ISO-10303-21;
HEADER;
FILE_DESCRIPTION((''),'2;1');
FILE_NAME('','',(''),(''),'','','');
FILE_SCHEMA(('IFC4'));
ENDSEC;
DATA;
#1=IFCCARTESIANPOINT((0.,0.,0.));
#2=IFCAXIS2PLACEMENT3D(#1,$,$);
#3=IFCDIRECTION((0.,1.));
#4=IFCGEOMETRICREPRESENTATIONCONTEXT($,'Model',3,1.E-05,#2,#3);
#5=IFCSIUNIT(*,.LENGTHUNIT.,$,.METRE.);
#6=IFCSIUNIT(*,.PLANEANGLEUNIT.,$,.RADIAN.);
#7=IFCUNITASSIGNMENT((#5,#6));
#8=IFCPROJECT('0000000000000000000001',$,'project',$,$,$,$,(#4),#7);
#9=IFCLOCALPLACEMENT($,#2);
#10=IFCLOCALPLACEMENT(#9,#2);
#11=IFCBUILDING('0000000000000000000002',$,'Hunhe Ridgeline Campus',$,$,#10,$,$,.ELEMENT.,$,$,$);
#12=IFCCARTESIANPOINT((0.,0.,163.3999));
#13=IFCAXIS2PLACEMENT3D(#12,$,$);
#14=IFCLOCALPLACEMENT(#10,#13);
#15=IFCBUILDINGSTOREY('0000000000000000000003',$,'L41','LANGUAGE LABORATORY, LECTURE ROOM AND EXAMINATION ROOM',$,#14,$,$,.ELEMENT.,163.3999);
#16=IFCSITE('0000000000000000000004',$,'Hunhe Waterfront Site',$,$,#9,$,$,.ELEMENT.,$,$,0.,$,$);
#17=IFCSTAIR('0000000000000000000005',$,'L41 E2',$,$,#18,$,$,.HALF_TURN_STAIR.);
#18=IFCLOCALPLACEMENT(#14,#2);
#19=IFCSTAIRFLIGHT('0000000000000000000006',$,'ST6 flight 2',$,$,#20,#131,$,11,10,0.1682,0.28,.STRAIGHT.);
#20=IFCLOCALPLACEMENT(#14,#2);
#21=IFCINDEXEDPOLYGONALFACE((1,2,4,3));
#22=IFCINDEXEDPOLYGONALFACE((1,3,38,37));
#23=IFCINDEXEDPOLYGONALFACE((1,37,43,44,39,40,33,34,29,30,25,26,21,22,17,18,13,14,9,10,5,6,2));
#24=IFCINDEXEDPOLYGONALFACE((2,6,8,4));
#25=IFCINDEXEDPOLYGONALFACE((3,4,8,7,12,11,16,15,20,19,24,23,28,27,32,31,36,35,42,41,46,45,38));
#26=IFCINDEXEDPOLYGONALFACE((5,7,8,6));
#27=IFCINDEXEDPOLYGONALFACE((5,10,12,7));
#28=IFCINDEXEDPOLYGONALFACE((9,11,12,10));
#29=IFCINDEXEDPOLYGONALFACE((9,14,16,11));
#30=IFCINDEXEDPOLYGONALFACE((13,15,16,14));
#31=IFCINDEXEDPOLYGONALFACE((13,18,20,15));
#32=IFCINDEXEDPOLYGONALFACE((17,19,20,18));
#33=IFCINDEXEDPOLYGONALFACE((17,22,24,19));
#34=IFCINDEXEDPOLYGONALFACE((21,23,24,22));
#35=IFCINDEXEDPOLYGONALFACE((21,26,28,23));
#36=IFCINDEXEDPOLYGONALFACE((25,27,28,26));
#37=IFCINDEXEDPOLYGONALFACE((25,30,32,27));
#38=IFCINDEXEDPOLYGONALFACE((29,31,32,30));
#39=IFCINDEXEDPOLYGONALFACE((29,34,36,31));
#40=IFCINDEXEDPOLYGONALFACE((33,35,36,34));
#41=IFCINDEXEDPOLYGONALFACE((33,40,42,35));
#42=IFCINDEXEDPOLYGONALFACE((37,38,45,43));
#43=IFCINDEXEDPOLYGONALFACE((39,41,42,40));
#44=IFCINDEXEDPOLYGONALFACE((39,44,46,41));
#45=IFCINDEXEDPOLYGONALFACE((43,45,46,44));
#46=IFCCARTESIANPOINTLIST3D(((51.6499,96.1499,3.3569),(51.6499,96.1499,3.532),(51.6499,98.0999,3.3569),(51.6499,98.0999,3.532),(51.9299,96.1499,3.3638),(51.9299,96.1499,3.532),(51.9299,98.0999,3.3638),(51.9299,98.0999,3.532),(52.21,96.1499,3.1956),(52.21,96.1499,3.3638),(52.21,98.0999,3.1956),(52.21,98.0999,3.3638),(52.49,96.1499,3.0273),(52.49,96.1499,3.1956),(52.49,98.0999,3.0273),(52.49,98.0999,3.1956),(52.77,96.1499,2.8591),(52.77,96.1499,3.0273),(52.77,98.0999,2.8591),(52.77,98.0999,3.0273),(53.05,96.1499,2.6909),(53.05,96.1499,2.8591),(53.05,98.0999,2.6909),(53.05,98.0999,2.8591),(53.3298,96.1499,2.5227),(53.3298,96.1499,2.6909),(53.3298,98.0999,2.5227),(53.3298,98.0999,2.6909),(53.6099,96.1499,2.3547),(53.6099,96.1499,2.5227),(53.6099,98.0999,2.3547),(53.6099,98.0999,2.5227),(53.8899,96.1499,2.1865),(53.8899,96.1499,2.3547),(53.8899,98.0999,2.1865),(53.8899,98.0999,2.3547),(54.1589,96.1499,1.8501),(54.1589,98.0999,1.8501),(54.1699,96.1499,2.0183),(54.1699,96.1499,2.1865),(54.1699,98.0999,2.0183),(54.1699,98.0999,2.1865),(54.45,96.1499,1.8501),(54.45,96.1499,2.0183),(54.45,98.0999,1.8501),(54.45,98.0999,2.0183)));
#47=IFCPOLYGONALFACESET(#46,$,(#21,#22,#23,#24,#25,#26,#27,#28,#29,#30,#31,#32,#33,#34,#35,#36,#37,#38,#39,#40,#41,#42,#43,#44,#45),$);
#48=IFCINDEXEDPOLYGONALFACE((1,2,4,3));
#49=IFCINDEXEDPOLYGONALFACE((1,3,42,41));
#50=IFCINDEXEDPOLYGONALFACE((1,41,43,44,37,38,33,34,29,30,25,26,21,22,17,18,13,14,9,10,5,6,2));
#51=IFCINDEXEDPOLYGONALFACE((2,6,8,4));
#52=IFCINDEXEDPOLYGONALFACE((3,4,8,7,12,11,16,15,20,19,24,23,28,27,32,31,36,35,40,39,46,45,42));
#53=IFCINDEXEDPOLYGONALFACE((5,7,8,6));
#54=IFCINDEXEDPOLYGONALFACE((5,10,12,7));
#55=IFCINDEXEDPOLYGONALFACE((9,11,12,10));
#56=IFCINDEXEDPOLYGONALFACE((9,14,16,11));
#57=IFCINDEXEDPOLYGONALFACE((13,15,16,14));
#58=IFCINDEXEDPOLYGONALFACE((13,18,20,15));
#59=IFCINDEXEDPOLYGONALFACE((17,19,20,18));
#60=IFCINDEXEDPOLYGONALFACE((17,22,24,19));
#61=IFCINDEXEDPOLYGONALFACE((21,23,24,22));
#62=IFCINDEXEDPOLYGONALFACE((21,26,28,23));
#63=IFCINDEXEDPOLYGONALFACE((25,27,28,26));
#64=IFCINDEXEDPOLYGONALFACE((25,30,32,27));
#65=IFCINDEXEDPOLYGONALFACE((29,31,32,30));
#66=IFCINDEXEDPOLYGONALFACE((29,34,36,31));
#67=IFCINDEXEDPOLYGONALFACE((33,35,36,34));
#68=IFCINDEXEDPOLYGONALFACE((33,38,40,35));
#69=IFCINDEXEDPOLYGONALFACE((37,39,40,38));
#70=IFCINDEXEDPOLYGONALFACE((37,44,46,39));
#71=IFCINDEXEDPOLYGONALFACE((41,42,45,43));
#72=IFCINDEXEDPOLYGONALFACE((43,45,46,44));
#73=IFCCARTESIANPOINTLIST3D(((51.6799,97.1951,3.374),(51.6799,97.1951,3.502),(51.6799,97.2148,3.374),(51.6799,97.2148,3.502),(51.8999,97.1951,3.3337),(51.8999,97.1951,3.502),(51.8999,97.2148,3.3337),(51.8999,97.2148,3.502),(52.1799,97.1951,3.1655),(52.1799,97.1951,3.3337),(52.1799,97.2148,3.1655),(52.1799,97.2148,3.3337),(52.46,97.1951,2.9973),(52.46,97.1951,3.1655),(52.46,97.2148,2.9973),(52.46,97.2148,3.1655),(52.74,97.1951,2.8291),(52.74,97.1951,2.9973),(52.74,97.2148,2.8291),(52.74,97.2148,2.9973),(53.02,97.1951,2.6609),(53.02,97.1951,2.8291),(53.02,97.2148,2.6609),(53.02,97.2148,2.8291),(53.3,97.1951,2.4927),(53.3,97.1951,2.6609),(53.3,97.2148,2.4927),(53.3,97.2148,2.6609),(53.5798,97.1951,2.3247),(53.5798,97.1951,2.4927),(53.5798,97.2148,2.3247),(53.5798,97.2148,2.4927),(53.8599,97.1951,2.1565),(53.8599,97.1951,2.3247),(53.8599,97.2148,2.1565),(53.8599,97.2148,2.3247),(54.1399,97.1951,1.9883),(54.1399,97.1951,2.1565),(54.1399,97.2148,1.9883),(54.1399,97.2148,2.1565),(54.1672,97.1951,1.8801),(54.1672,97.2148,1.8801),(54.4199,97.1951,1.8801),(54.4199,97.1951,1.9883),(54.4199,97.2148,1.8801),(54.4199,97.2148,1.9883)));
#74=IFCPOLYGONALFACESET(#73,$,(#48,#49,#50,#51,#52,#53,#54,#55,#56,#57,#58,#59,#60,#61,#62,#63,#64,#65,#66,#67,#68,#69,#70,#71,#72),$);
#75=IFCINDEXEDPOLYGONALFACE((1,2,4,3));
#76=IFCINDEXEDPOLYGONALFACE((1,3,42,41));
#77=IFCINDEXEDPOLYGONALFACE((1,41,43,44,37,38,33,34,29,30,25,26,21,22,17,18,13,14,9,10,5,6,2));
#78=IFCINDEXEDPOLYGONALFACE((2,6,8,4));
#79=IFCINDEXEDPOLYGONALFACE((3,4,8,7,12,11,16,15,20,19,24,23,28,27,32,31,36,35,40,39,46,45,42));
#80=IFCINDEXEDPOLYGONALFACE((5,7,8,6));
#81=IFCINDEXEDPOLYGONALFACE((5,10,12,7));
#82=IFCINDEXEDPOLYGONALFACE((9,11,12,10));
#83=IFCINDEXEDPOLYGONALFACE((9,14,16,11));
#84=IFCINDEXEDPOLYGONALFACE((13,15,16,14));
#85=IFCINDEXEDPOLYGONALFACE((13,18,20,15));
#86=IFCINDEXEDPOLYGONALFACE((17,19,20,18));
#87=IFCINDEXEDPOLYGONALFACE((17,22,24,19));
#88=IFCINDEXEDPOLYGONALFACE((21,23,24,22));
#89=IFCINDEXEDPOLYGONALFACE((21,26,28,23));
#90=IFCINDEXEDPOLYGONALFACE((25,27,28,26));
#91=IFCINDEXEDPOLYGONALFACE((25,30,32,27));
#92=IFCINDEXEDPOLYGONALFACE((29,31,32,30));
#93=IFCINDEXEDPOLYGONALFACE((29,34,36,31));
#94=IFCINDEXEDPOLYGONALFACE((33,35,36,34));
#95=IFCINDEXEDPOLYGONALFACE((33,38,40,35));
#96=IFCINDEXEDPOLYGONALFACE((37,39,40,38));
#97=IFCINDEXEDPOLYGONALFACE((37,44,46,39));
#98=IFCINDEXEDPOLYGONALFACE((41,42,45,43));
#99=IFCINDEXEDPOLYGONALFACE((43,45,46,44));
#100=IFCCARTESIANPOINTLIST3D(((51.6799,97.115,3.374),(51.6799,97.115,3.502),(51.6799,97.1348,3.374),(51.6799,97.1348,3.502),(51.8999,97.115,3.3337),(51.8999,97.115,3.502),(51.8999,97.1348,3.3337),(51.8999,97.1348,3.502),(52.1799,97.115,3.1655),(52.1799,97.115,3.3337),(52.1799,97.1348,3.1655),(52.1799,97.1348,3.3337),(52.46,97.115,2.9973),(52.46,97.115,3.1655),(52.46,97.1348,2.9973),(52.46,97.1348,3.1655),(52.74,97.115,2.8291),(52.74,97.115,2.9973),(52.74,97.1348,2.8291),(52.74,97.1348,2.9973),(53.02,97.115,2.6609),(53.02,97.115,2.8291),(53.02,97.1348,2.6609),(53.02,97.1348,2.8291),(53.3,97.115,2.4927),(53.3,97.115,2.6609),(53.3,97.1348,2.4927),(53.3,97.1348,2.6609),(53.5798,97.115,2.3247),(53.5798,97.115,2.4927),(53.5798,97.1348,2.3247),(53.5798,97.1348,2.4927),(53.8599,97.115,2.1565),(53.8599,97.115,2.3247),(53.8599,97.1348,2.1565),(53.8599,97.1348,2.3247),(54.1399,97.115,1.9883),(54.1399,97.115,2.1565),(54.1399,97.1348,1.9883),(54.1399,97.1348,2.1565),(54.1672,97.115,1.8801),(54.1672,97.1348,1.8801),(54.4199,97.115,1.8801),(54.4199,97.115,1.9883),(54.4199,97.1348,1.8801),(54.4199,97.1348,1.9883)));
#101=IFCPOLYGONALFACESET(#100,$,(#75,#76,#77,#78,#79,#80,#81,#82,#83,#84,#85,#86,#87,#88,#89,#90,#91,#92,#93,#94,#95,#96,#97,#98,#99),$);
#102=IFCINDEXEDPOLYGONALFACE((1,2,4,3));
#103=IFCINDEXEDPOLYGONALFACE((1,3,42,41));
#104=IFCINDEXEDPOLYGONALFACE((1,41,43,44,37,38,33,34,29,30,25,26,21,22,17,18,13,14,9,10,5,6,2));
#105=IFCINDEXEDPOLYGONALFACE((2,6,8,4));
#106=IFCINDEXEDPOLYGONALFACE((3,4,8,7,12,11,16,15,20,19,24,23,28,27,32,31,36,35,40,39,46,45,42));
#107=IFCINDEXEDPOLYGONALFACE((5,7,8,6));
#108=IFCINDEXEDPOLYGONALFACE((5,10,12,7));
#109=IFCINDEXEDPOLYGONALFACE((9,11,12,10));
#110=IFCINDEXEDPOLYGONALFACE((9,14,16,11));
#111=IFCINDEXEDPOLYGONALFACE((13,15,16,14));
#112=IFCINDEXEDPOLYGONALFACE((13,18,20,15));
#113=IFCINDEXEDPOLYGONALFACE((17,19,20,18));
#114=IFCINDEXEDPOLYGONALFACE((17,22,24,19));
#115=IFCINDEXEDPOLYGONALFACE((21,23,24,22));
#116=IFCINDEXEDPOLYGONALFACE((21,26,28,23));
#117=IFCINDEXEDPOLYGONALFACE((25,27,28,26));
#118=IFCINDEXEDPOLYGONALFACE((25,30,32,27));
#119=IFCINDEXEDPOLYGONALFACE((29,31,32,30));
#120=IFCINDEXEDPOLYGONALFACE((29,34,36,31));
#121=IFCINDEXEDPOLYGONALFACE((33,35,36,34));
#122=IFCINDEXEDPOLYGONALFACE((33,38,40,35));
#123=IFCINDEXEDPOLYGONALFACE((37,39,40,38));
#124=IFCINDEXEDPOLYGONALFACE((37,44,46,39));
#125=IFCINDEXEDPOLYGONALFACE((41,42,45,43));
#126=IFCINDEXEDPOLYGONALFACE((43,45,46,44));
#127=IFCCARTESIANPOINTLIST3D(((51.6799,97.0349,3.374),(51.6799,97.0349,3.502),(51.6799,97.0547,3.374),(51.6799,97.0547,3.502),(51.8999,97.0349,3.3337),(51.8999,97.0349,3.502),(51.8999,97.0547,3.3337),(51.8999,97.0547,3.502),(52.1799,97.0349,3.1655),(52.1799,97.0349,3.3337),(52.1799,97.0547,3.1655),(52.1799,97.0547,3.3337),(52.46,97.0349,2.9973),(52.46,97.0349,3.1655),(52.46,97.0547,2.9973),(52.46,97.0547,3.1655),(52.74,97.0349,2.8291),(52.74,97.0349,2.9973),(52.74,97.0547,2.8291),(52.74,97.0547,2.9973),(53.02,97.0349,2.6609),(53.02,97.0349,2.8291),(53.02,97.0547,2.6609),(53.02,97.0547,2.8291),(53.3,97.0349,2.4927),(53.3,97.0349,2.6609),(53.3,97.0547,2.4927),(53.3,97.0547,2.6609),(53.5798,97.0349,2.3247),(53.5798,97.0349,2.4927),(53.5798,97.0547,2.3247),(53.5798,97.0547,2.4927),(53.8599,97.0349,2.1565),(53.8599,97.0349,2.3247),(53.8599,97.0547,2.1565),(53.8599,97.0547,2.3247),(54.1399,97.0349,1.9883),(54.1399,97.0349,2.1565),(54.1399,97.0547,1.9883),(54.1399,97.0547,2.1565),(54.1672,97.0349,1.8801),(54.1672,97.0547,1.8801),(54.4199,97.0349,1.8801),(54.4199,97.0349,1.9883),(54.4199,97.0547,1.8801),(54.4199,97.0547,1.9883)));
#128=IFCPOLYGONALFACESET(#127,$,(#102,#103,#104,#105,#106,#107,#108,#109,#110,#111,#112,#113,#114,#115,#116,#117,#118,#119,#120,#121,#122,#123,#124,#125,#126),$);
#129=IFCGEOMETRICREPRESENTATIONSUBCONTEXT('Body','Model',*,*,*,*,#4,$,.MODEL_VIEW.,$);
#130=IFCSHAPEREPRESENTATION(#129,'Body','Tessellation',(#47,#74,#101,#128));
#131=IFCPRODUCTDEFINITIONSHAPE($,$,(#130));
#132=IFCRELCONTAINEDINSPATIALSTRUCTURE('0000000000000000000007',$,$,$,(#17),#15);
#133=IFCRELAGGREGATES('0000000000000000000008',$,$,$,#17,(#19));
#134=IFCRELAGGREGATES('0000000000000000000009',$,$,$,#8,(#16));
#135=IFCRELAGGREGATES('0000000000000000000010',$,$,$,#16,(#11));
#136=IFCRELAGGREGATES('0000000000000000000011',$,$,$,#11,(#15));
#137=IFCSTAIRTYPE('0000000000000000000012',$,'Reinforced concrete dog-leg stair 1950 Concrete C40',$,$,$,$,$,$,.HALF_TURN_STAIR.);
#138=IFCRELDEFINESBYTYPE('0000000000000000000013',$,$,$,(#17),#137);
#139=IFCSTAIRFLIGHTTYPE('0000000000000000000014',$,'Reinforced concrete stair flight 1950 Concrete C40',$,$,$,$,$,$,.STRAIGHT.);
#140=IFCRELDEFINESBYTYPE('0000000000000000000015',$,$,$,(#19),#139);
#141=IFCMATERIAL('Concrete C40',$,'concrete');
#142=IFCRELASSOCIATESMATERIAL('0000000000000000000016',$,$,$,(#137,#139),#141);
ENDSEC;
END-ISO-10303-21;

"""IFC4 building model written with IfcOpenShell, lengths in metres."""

from ifc_helpers import new_model, si_unit, direction, frame, origin, place, context, subcontext, project, spatial, polyline, outline, extrude, material, type_object, element, aggregate, save


model = new_model("IFC4")

# Units and contexts
model_context = context("Model", 3, precision=1e-05, world=origin(), true_north=direction((0.0, 1.0)))
body_context = subcontext(model_context, "Body", "Model", "MODEL_VIEW")
ifc_project = project(units=[si_unit("LENGTHUNIT", "METRE"), si_unit("PLANEANGLEUNIT", "RADIAN")], contexts=[model_context])

# Site, building, storey
site_placement = place(None, origin())
site = spatial("IfcSite", under=ifc_project, at=site_placement, Name="Hunhe Waterfront Site", CompositionType="ELEMENT", RefElevation=0.0)
building_placement = place(site_placement, origin())
building = spatial("IfcBuilding", under=site, at=building_placement, Name="Hunhe Ridgeline Campus", CompositionType="ELEMENT")
storey_placement = place(building_placement, frame((0.0, 0.0, 163.3999)))
storey = spatial("IfcBuildingStorey", under=building, at=storey_placement, Name="L41", Description="LANGUAGE LABORATORY, LECTURE ROOM AND EXAMINATION ROOM", CompositionType="ELEMENT", Elevation=163.3999)

# Shared definitions
ifc_material_1 = material(Name="Concrete C40", Category="concrete")
stair_type = type_object("IfcStairType", Name="Reinforced concrete dog-leg stair 1950 Concrete C40", PredefinedType="HALF_TURN_STAIR", material=ifc_material_1)
stair_flight_type = type_object("IfcStairFlightType", Name="Reinforced concrete stair flight 1950 Concrete C40", PredefinedType="STRAIGHT", material=ifc_material_1)

# Stair, stair flight
stair_1_placement = place(storey_placement, origin())
stair_1 = element("IfcStair", 1, at=stair_1_placement, inside=storey, type_object=stair_type, Name="L41 E2", PredefinedType="HALF_TURN_STAIR")
stair_flight_1_placement = place(storey_placement, frame((54.45, 97.125, 1.8501), z_axis=(0.0, 0.0, 1.0), x_axis=(-1.0, 0.0, 0.0)))
stair_flight_1 = element("IfcStairFlight", 2, at=stair_flight_1_placement, type_object=stair_flight_type, Name="ST6 flight 2", NumberOfRisers=11, NumberOfTreads=10, PredefinedType="STRAIGHT", RiserHeight=0.1682, TreadLength=0.28, context=body_context, shape_type="SweptSolid", body=[
    extrude(outline(polyline([(0.0, 0.0), (0.0, 0.1682), (0.28, 0.1682), (0.28, 0.3364), (0.5601, 0.3364), (0.5601, 0.5046), (0.8401, 0.5046), (0.8401, 0.6726), (1.1201, 0.6726), (1.1201, 0.8408), (1.3999, 0.8408), (1.3999, 1.009), (1.6799, 1.009), (1.6799, 1.1772), (1.96, 1.1772), (1.96, 1.3455), (2.24, 1.3455), (2.24, 1.5137), (2.52, 1.5137), (2.52, 1.6819), (2.8, 1.6819), (2.8, 1.8501), (2.8, 1.5068), (0.291, 0.0), (0.0, 0.0)])), frame((0.0, 0.9751, 0.0), z_axis=(0.0, -1.0, 0.0), x_axis=(1.0, 0.0, 0.0)), (0.0, 0.0, 1.0), 1.95),
    extrude(outline(polyline([(0.03, 0.03), (0.03, 0.1382), (0.3101, 0.1382), (0.3101, 0.3064), (0.5901, 0.3064), (0.5901, 0.4746), (0.8701, 0.4746), (0.8701, 0.6426), (1.1499, 0.6426), (1.1499, 0.8108), (1.4299, 0.8108), (1.4299, 0.979), (1.71, 0.979), (1.71, 1.1472), (1.99, 1.1472), (1.99, 1.3154), (2.27, 1.3154), (2.27, 1.4836), (2.55, 1.4836), (2.55, 1.6519), (2.77, 1.6519), (2.77, 1.5239), (0.2827, 0.03), (0.03, 0.03)])), frame((0.0, -0.0701, 0.0), z_axis=(0.0, -1.0, 0.0), x_axis=(1.0, 0.0, 0.0)), (0.0, 0.0, 1.0), 0.0198),
    extrude(outline(polyline([(0.03, 0.03), (0.03, 0.1382), (0.3101, 0.1382), (0.3101, 0.3064), (0.5901, 0.3064), (0.5901, 0.4746), (0.8701, 0.4746), (0.8701, 0.6426), (1.1499, 0.6426), (1.1499, 0.8108), (1.4299, 0.8108), (1.4299, 0.979), (1.71, 0.979), (1.71, 1.1472), (1.99, 1.1472), (1.99, 1.3154), (2.27, 1.3154), (2.27, 1.4836), (2.55, 1.4836), (2.55, 1.6519), (2.77, 1.6519), (2.77, 1.5239), (0.2827, 0.03), (0.03, 0.03)])), frame((0.0, 0.01, 0.0), z_axis=(0.0, -1.0, 0.0), x_axis=(1.0, 0.0, 0.0)), (0.0, 0.0, 1.0), 0.0198),
    extrude(outline(polyline([(0.03, 0.03), (0.03, 0.1382), (0.3101, 0.1382), (0.3101, 0.3064), (0.5901, 0.3064), (0.5901, 0.4746), (0.8701, 0.4746), (0.8701, 0.6426), (1.1499, 0.6426), (1.1499, 0.8108), (1.4299, 0.8108), (1.4299, 0.979), (1.71, 0.979), (1.71, 1.1472), (1.99, 1.1472), (1.99, 1.3154), (2.27, 1.3154), (2.27, 1.4836), (2.55, 1.4836), (2.55, 1.6519), (2.77, 1.6519), (2.77, 1.5239), (0.2827, 0.03), (0.03, 0.03)])), frame((0.0, 0.0901, 0.0), z_axis=(0.0, -1.0, 0.0), x_axis=(1.0, 0.0, 0.0)), (0.0, 0.0, 1.0), 0.0198),
])
aggregate(stair_1, [stair_flight_1])

save(model, "model.ifc")
